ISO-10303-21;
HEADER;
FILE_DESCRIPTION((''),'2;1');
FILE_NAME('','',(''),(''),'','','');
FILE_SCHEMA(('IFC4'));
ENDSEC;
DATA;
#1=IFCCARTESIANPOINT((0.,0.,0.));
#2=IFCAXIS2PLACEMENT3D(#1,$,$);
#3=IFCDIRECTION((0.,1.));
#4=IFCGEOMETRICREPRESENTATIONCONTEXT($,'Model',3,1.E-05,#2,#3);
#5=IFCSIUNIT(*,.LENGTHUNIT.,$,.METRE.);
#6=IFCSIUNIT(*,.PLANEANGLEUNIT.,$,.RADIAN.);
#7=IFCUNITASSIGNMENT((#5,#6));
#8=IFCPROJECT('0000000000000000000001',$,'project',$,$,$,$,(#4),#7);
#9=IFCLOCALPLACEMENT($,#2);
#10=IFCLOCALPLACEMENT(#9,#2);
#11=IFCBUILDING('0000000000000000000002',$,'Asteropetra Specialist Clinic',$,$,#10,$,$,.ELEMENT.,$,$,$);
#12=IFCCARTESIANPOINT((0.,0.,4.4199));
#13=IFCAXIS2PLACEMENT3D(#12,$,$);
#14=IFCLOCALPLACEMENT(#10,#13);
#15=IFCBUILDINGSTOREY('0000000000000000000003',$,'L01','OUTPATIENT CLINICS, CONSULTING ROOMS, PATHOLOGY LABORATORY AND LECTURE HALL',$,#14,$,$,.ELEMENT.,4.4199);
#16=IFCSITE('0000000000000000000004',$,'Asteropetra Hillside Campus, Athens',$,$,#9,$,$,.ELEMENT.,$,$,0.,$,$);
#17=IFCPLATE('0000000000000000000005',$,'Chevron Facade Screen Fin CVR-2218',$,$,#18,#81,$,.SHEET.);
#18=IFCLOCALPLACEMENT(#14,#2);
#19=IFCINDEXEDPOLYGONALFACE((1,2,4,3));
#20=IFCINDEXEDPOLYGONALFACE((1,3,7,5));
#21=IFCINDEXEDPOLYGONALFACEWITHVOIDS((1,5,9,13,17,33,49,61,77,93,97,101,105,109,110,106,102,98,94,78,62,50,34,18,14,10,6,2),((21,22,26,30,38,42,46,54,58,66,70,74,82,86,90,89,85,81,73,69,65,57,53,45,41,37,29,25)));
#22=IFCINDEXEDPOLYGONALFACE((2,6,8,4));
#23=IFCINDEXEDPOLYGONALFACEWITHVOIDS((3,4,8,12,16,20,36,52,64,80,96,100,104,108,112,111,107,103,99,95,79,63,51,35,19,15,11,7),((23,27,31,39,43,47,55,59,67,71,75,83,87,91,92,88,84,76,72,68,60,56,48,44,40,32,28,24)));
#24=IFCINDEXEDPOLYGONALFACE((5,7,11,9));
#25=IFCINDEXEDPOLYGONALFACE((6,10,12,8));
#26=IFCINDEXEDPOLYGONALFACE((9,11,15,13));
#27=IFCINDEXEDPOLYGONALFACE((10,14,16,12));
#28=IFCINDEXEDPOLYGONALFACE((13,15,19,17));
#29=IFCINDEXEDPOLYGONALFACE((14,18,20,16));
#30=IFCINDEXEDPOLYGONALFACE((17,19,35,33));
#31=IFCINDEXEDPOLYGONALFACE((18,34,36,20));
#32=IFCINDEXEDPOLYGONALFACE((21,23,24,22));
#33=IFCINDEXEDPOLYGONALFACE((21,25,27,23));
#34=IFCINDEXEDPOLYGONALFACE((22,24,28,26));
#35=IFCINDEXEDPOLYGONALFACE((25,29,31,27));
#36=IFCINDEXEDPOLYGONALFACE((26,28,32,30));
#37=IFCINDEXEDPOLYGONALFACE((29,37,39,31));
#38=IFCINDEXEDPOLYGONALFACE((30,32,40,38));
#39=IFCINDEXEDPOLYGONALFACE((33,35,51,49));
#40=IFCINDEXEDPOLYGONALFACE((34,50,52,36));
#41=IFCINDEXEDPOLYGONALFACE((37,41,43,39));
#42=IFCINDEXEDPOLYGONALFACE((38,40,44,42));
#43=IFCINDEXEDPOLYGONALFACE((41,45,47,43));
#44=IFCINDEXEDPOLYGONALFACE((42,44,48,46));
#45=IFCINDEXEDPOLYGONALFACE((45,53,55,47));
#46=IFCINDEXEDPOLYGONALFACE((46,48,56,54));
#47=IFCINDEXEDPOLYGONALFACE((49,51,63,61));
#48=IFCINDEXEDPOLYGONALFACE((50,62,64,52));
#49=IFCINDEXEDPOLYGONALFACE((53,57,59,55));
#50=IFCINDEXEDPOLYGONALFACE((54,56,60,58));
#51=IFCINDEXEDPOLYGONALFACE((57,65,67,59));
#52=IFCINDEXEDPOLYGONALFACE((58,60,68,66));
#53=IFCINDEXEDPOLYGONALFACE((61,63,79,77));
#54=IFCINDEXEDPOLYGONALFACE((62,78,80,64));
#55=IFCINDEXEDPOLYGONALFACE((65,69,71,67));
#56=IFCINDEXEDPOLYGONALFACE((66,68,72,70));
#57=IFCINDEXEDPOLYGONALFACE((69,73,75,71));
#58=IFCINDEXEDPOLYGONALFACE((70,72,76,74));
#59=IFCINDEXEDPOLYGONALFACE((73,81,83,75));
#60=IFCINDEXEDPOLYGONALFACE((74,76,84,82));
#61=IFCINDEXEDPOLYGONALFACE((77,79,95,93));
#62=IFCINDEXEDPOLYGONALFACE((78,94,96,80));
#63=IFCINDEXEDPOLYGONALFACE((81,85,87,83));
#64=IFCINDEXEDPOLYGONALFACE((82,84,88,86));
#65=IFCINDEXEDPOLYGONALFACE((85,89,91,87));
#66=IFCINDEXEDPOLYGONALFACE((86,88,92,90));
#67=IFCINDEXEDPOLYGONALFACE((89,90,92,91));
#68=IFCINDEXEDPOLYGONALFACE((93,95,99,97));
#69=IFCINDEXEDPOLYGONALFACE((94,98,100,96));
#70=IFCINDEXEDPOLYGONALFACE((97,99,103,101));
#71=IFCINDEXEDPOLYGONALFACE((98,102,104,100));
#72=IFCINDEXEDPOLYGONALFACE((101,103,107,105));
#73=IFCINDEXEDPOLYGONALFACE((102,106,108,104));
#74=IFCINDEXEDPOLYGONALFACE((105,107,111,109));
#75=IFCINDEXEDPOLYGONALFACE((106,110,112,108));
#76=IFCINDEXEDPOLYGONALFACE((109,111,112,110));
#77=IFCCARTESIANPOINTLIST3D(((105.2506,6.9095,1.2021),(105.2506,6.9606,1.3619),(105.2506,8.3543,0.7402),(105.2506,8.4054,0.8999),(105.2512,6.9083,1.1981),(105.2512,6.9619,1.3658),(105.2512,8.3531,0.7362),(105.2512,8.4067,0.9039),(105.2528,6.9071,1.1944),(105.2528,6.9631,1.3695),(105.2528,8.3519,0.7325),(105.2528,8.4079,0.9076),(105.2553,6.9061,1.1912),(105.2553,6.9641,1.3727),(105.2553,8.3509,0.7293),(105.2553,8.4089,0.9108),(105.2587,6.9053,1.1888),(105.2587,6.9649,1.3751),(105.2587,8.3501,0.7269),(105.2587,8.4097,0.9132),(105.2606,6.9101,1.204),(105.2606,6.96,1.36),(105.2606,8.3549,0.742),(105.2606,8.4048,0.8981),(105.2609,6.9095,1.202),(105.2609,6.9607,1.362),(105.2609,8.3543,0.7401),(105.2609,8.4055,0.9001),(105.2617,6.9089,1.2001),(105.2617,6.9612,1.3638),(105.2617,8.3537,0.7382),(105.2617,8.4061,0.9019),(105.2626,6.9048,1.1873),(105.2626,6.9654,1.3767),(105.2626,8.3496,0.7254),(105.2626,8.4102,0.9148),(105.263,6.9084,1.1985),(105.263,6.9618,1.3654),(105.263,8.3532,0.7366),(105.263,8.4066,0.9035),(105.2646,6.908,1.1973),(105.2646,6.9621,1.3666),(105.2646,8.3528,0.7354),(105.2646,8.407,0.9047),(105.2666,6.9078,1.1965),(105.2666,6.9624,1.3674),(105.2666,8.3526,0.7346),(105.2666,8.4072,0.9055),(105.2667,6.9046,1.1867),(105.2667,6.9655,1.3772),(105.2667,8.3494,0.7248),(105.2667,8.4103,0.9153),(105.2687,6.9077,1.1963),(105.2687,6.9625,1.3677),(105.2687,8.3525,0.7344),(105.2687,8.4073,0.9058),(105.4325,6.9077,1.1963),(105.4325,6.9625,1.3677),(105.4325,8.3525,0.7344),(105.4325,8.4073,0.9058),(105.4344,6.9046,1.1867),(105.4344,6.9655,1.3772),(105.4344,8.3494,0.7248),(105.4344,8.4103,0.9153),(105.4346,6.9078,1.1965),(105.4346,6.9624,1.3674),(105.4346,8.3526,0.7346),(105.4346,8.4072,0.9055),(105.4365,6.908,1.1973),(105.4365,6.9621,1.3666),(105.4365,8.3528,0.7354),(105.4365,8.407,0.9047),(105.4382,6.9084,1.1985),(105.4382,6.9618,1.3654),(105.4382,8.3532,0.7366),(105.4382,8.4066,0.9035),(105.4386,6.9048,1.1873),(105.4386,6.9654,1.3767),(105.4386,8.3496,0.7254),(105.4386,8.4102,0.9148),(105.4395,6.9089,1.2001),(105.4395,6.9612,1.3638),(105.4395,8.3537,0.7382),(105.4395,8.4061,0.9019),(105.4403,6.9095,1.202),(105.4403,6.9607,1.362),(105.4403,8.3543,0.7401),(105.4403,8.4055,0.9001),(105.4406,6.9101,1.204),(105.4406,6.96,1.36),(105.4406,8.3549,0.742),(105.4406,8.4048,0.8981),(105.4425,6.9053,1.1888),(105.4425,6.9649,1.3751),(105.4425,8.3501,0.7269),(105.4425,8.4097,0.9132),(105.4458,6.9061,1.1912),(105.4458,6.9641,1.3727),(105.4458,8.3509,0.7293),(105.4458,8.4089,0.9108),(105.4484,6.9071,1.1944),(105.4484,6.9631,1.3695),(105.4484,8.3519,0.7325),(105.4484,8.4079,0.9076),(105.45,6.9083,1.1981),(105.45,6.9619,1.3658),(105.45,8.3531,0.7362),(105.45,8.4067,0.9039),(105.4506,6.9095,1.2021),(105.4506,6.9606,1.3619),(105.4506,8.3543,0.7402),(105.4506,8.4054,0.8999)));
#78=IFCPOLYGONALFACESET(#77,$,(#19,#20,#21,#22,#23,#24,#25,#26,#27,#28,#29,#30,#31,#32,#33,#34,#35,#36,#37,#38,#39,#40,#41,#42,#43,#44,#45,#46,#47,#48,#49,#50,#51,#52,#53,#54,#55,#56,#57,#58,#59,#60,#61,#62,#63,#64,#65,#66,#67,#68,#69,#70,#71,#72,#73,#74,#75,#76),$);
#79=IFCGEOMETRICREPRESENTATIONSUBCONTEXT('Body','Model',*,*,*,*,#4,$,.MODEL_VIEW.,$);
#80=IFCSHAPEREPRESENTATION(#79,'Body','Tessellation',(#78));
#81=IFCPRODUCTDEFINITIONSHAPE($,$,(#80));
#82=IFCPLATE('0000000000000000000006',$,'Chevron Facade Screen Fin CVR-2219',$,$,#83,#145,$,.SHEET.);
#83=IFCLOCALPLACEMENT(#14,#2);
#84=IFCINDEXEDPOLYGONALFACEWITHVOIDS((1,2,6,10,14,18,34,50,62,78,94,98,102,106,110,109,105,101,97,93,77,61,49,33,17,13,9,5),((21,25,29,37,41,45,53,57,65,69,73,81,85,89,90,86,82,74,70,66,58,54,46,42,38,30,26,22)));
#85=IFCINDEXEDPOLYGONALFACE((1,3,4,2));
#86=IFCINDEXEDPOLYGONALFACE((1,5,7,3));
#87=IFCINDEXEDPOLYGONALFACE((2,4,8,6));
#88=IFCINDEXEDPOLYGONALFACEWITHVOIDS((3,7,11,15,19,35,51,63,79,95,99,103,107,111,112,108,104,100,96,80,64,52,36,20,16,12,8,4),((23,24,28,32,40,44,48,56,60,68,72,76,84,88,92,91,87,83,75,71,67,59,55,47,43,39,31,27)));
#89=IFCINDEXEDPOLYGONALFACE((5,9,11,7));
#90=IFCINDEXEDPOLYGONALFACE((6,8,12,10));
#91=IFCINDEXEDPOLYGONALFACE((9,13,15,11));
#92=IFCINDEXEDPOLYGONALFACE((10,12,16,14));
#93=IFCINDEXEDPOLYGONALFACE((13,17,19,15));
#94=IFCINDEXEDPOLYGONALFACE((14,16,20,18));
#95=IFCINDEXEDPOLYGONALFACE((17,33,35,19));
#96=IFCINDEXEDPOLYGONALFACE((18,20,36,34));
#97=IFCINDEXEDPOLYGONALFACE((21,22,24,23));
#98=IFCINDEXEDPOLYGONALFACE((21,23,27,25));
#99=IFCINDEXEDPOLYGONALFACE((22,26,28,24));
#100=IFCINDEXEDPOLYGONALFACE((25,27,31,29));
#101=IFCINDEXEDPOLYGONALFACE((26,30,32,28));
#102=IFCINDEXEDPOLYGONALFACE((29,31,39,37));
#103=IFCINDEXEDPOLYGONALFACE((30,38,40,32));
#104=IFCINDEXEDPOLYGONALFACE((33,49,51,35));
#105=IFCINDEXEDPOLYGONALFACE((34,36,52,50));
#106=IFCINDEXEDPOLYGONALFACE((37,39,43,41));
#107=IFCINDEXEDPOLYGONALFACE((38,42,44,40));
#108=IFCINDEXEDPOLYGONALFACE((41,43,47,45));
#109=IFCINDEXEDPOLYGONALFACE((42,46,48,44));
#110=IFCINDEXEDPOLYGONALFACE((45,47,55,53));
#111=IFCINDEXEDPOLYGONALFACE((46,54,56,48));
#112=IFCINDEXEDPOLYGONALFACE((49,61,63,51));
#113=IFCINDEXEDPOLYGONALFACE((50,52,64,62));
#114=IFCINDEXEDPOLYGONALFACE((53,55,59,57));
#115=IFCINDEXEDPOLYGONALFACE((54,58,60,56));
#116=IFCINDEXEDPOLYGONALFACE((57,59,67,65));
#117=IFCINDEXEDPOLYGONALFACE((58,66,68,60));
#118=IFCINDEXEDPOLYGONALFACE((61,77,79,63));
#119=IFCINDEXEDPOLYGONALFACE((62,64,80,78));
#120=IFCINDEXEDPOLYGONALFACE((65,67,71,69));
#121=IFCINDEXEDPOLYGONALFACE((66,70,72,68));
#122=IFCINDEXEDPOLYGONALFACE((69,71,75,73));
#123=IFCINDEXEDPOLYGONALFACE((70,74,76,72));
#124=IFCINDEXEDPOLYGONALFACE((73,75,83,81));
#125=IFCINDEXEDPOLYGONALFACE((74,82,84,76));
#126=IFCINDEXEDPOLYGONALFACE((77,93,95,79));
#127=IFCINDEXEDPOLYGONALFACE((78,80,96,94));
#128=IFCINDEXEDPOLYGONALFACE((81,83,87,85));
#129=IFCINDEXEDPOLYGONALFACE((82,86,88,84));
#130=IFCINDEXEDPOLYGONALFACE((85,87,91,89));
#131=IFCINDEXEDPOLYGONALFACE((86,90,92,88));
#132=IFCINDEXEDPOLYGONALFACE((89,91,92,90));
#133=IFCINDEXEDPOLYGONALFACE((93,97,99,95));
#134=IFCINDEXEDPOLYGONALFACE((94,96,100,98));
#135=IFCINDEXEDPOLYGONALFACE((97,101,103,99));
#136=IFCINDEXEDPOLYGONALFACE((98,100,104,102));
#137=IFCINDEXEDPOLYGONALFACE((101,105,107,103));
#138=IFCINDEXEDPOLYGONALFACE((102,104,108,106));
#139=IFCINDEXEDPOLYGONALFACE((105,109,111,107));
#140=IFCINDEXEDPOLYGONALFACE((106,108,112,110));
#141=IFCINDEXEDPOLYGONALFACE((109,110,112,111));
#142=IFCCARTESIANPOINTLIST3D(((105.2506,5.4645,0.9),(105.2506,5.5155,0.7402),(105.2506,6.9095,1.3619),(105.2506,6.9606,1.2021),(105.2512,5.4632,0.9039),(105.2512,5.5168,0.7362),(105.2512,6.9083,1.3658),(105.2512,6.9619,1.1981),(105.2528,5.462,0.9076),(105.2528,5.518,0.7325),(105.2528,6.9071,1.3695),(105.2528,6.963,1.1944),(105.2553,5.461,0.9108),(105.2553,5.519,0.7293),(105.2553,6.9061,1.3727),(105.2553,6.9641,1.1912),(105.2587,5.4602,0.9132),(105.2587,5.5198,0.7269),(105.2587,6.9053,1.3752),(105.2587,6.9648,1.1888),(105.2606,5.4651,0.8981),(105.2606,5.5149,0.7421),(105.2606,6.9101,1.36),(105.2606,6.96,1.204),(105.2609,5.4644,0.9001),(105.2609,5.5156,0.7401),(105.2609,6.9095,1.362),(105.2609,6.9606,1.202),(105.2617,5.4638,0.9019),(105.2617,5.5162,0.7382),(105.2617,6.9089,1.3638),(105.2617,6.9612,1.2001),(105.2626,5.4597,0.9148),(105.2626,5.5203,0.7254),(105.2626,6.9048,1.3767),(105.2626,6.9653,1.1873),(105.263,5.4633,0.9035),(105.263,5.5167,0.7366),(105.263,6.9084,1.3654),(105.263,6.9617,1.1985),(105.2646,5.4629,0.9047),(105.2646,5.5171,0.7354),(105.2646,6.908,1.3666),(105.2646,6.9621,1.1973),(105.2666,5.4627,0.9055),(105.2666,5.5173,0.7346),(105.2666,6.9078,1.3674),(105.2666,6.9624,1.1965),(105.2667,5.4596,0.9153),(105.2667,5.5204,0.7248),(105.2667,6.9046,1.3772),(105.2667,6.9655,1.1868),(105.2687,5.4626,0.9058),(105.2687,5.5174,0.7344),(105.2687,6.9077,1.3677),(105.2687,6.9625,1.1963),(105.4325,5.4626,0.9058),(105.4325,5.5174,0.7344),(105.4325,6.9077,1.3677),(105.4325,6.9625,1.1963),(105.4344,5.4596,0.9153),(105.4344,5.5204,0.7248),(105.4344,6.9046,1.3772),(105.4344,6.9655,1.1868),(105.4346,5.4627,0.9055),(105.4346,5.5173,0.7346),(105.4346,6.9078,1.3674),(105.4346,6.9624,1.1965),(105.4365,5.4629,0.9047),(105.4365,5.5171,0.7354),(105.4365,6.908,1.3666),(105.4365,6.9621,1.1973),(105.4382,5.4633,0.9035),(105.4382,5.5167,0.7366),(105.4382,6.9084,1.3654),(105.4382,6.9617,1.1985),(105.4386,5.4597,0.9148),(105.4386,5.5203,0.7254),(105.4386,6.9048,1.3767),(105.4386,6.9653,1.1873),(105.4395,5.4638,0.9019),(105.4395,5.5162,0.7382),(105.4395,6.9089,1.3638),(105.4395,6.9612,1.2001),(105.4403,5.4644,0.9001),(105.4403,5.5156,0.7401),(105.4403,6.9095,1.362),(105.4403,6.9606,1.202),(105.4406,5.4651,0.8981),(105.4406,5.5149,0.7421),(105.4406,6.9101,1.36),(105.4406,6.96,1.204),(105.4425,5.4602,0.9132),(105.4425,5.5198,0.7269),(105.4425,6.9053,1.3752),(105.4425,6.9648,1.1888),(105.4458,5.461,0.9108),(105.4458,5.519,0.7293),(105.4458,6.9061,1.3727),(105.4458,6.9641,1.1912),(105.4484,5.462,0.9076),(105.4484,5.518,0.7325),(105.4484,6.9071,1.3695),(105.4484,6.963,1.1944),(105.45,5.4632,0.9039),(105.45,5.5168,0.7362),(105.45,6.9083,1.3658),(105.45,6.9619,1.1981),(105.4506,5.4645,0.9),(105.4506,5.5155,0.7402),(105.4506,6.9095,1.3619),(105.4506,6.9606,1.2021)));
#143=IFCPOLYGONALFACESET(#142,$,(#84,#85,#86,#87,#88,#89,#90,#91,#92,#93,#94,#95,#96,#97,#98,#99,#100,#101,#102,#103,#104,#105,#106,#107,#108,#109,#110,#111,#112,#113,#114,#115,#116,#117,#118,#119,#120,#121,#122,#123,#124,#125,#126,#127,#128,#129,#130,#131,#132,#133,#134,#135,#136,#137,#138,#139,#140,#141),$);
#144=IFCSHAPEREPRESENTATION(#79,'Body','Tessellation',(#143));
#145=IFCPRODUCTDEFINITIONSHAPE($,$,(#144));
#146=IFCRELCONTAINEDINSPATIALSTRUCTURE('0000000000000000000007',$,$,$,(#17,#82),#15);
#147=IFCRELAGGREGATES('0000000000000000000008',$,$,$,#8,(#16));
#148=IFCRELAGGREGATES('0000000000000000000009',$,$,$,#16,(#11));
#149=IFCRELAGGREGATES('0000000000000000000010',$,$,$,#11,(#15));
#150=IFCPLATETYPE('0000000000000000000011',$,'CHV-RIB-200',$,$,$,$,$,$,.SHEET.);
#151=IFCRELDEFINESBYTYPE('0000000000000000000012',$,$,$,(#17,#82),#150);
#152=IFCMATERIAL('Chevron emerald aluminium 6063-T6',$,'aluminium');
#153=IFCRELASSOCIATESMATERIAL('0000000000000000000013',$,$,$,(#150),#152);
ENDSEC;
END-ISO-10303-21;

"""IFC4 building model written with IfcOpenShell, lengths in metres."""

from ifc_helpers import new_model, si_unit, direction, frame, origin, origin_2d, place, context, subcontext, project, spatial, hollow_rectangle, extrude, material, material_profile, profile_set, type_object, element, save


model = new_model("IFC4")

# Units and contexts
model_context = context("Model", 3, precision=1e-05, world=origin(), true_north=direction((0.0, 1.0)))
body_context = subcontext(model_context, "Body", "Model", "MODEL_VIEW")
ifc_project = project(units=[si_unit("LENGTHUNIT", "METRE"), si_unit("PLANEANGLEUNIT", "RADIAN")], contexts=[model_context])

# Site, building, storey
site_placement = place(None, origin())
site = spatial("IfcSite", under=ifc_project, at=site_placement, Name="Asteropetra Hillside Campus, Athens", CompositionType="ELEMENT", RefElevation=0.0)
building_placement = place(site_placement, origin())
building = spatial("IfcBuilding", under=site, at=building_placement, Name="Asteropetra Specialist Clinic", CompositionType="ELEMENT")
storey_placement = place(building_placement, frame((0.0, 0.0, 4.4199)))
storey = spatial("IfcBuildingStorey", under=building, at=storey_placement, Name="L01", Description="OUTPATIENT CLINICS, CONSULTING ROOMS, PATHOLOGY LABORATORY AND LECTURE HALL", CompositionType="ELEMENT", Elevation=4.4199)

# Plates
ifc_material_1 = material(Name="Chevron emerald aluminium 6063-T6", Category="aluminium")
ifc_material_profile = material_profile(ifc_material_1, hollow_rectangle(XDim=0.2, YDim=0.2, WallThickness=0.01, InnerFilletRadius=0.0081, OuterFilletRadius=0.0161, at=origin_2d()), Name="SHS 200x200x10.0")
ifc_profile_set = profile_set([ifc_material_profile], Name="Chevron emerald aluminium 6063-T6")
plate_type = type_object("IfcPlateType", Name="CHV-RIB-200", PredefinedType="SHEET", material=ifc_profile_set)
plate_1_placement = place(storey_placement, frame((105.3506, 8.3799, 0.8201), z_axis=(0.0, -0.952506, 0.304519), x_axis=(1.0, 0.0, 0.0)))
element("IfcPlate", 1, at=plate_1_placement, inside=storey, type_object=plate_type, Name="Chevron Facade Screen Fin CVR-2218", PredefinedType="SHEET", context=body_context, shape_type="SweptSolid", body=[
    extrude(hollow_rectangle(XDim=0.2, YDim=0.2, WallThickness=0.01, InnerFilletRadius=0.0081, OuterFilletRadius=0.0161, at=origin_2d()), origin(), (0.0, 0.0, 1.0), 1.5168),
])
plate_2_placement = place(storey_placement, frame((105.3506, 6.9351, 1.282), z_axis=(0.0, -0.952521, -0.304472), x_axis=(1.0, 0.0, 0.0)))
element("IfcPlate", 2, at=plate_2_placement, inside=storey, type_object=plate_type, Name="Chevron Facade Screen Fin CVR-2219", PredefinedType="SHEET", context=body_context, shape_type="SweptSolid", body=[
    extrude(hollow_rectangle(XDim=0.2, YDim=0.2, WallThickness=0.01, InnerFilletRadius=0.0081, OuterFilletRadius=0.0161, at=origin_2d()), origin(), (0.0, 0.0, 1.0), 1.5171),
])

save(model, "model.ifc")
